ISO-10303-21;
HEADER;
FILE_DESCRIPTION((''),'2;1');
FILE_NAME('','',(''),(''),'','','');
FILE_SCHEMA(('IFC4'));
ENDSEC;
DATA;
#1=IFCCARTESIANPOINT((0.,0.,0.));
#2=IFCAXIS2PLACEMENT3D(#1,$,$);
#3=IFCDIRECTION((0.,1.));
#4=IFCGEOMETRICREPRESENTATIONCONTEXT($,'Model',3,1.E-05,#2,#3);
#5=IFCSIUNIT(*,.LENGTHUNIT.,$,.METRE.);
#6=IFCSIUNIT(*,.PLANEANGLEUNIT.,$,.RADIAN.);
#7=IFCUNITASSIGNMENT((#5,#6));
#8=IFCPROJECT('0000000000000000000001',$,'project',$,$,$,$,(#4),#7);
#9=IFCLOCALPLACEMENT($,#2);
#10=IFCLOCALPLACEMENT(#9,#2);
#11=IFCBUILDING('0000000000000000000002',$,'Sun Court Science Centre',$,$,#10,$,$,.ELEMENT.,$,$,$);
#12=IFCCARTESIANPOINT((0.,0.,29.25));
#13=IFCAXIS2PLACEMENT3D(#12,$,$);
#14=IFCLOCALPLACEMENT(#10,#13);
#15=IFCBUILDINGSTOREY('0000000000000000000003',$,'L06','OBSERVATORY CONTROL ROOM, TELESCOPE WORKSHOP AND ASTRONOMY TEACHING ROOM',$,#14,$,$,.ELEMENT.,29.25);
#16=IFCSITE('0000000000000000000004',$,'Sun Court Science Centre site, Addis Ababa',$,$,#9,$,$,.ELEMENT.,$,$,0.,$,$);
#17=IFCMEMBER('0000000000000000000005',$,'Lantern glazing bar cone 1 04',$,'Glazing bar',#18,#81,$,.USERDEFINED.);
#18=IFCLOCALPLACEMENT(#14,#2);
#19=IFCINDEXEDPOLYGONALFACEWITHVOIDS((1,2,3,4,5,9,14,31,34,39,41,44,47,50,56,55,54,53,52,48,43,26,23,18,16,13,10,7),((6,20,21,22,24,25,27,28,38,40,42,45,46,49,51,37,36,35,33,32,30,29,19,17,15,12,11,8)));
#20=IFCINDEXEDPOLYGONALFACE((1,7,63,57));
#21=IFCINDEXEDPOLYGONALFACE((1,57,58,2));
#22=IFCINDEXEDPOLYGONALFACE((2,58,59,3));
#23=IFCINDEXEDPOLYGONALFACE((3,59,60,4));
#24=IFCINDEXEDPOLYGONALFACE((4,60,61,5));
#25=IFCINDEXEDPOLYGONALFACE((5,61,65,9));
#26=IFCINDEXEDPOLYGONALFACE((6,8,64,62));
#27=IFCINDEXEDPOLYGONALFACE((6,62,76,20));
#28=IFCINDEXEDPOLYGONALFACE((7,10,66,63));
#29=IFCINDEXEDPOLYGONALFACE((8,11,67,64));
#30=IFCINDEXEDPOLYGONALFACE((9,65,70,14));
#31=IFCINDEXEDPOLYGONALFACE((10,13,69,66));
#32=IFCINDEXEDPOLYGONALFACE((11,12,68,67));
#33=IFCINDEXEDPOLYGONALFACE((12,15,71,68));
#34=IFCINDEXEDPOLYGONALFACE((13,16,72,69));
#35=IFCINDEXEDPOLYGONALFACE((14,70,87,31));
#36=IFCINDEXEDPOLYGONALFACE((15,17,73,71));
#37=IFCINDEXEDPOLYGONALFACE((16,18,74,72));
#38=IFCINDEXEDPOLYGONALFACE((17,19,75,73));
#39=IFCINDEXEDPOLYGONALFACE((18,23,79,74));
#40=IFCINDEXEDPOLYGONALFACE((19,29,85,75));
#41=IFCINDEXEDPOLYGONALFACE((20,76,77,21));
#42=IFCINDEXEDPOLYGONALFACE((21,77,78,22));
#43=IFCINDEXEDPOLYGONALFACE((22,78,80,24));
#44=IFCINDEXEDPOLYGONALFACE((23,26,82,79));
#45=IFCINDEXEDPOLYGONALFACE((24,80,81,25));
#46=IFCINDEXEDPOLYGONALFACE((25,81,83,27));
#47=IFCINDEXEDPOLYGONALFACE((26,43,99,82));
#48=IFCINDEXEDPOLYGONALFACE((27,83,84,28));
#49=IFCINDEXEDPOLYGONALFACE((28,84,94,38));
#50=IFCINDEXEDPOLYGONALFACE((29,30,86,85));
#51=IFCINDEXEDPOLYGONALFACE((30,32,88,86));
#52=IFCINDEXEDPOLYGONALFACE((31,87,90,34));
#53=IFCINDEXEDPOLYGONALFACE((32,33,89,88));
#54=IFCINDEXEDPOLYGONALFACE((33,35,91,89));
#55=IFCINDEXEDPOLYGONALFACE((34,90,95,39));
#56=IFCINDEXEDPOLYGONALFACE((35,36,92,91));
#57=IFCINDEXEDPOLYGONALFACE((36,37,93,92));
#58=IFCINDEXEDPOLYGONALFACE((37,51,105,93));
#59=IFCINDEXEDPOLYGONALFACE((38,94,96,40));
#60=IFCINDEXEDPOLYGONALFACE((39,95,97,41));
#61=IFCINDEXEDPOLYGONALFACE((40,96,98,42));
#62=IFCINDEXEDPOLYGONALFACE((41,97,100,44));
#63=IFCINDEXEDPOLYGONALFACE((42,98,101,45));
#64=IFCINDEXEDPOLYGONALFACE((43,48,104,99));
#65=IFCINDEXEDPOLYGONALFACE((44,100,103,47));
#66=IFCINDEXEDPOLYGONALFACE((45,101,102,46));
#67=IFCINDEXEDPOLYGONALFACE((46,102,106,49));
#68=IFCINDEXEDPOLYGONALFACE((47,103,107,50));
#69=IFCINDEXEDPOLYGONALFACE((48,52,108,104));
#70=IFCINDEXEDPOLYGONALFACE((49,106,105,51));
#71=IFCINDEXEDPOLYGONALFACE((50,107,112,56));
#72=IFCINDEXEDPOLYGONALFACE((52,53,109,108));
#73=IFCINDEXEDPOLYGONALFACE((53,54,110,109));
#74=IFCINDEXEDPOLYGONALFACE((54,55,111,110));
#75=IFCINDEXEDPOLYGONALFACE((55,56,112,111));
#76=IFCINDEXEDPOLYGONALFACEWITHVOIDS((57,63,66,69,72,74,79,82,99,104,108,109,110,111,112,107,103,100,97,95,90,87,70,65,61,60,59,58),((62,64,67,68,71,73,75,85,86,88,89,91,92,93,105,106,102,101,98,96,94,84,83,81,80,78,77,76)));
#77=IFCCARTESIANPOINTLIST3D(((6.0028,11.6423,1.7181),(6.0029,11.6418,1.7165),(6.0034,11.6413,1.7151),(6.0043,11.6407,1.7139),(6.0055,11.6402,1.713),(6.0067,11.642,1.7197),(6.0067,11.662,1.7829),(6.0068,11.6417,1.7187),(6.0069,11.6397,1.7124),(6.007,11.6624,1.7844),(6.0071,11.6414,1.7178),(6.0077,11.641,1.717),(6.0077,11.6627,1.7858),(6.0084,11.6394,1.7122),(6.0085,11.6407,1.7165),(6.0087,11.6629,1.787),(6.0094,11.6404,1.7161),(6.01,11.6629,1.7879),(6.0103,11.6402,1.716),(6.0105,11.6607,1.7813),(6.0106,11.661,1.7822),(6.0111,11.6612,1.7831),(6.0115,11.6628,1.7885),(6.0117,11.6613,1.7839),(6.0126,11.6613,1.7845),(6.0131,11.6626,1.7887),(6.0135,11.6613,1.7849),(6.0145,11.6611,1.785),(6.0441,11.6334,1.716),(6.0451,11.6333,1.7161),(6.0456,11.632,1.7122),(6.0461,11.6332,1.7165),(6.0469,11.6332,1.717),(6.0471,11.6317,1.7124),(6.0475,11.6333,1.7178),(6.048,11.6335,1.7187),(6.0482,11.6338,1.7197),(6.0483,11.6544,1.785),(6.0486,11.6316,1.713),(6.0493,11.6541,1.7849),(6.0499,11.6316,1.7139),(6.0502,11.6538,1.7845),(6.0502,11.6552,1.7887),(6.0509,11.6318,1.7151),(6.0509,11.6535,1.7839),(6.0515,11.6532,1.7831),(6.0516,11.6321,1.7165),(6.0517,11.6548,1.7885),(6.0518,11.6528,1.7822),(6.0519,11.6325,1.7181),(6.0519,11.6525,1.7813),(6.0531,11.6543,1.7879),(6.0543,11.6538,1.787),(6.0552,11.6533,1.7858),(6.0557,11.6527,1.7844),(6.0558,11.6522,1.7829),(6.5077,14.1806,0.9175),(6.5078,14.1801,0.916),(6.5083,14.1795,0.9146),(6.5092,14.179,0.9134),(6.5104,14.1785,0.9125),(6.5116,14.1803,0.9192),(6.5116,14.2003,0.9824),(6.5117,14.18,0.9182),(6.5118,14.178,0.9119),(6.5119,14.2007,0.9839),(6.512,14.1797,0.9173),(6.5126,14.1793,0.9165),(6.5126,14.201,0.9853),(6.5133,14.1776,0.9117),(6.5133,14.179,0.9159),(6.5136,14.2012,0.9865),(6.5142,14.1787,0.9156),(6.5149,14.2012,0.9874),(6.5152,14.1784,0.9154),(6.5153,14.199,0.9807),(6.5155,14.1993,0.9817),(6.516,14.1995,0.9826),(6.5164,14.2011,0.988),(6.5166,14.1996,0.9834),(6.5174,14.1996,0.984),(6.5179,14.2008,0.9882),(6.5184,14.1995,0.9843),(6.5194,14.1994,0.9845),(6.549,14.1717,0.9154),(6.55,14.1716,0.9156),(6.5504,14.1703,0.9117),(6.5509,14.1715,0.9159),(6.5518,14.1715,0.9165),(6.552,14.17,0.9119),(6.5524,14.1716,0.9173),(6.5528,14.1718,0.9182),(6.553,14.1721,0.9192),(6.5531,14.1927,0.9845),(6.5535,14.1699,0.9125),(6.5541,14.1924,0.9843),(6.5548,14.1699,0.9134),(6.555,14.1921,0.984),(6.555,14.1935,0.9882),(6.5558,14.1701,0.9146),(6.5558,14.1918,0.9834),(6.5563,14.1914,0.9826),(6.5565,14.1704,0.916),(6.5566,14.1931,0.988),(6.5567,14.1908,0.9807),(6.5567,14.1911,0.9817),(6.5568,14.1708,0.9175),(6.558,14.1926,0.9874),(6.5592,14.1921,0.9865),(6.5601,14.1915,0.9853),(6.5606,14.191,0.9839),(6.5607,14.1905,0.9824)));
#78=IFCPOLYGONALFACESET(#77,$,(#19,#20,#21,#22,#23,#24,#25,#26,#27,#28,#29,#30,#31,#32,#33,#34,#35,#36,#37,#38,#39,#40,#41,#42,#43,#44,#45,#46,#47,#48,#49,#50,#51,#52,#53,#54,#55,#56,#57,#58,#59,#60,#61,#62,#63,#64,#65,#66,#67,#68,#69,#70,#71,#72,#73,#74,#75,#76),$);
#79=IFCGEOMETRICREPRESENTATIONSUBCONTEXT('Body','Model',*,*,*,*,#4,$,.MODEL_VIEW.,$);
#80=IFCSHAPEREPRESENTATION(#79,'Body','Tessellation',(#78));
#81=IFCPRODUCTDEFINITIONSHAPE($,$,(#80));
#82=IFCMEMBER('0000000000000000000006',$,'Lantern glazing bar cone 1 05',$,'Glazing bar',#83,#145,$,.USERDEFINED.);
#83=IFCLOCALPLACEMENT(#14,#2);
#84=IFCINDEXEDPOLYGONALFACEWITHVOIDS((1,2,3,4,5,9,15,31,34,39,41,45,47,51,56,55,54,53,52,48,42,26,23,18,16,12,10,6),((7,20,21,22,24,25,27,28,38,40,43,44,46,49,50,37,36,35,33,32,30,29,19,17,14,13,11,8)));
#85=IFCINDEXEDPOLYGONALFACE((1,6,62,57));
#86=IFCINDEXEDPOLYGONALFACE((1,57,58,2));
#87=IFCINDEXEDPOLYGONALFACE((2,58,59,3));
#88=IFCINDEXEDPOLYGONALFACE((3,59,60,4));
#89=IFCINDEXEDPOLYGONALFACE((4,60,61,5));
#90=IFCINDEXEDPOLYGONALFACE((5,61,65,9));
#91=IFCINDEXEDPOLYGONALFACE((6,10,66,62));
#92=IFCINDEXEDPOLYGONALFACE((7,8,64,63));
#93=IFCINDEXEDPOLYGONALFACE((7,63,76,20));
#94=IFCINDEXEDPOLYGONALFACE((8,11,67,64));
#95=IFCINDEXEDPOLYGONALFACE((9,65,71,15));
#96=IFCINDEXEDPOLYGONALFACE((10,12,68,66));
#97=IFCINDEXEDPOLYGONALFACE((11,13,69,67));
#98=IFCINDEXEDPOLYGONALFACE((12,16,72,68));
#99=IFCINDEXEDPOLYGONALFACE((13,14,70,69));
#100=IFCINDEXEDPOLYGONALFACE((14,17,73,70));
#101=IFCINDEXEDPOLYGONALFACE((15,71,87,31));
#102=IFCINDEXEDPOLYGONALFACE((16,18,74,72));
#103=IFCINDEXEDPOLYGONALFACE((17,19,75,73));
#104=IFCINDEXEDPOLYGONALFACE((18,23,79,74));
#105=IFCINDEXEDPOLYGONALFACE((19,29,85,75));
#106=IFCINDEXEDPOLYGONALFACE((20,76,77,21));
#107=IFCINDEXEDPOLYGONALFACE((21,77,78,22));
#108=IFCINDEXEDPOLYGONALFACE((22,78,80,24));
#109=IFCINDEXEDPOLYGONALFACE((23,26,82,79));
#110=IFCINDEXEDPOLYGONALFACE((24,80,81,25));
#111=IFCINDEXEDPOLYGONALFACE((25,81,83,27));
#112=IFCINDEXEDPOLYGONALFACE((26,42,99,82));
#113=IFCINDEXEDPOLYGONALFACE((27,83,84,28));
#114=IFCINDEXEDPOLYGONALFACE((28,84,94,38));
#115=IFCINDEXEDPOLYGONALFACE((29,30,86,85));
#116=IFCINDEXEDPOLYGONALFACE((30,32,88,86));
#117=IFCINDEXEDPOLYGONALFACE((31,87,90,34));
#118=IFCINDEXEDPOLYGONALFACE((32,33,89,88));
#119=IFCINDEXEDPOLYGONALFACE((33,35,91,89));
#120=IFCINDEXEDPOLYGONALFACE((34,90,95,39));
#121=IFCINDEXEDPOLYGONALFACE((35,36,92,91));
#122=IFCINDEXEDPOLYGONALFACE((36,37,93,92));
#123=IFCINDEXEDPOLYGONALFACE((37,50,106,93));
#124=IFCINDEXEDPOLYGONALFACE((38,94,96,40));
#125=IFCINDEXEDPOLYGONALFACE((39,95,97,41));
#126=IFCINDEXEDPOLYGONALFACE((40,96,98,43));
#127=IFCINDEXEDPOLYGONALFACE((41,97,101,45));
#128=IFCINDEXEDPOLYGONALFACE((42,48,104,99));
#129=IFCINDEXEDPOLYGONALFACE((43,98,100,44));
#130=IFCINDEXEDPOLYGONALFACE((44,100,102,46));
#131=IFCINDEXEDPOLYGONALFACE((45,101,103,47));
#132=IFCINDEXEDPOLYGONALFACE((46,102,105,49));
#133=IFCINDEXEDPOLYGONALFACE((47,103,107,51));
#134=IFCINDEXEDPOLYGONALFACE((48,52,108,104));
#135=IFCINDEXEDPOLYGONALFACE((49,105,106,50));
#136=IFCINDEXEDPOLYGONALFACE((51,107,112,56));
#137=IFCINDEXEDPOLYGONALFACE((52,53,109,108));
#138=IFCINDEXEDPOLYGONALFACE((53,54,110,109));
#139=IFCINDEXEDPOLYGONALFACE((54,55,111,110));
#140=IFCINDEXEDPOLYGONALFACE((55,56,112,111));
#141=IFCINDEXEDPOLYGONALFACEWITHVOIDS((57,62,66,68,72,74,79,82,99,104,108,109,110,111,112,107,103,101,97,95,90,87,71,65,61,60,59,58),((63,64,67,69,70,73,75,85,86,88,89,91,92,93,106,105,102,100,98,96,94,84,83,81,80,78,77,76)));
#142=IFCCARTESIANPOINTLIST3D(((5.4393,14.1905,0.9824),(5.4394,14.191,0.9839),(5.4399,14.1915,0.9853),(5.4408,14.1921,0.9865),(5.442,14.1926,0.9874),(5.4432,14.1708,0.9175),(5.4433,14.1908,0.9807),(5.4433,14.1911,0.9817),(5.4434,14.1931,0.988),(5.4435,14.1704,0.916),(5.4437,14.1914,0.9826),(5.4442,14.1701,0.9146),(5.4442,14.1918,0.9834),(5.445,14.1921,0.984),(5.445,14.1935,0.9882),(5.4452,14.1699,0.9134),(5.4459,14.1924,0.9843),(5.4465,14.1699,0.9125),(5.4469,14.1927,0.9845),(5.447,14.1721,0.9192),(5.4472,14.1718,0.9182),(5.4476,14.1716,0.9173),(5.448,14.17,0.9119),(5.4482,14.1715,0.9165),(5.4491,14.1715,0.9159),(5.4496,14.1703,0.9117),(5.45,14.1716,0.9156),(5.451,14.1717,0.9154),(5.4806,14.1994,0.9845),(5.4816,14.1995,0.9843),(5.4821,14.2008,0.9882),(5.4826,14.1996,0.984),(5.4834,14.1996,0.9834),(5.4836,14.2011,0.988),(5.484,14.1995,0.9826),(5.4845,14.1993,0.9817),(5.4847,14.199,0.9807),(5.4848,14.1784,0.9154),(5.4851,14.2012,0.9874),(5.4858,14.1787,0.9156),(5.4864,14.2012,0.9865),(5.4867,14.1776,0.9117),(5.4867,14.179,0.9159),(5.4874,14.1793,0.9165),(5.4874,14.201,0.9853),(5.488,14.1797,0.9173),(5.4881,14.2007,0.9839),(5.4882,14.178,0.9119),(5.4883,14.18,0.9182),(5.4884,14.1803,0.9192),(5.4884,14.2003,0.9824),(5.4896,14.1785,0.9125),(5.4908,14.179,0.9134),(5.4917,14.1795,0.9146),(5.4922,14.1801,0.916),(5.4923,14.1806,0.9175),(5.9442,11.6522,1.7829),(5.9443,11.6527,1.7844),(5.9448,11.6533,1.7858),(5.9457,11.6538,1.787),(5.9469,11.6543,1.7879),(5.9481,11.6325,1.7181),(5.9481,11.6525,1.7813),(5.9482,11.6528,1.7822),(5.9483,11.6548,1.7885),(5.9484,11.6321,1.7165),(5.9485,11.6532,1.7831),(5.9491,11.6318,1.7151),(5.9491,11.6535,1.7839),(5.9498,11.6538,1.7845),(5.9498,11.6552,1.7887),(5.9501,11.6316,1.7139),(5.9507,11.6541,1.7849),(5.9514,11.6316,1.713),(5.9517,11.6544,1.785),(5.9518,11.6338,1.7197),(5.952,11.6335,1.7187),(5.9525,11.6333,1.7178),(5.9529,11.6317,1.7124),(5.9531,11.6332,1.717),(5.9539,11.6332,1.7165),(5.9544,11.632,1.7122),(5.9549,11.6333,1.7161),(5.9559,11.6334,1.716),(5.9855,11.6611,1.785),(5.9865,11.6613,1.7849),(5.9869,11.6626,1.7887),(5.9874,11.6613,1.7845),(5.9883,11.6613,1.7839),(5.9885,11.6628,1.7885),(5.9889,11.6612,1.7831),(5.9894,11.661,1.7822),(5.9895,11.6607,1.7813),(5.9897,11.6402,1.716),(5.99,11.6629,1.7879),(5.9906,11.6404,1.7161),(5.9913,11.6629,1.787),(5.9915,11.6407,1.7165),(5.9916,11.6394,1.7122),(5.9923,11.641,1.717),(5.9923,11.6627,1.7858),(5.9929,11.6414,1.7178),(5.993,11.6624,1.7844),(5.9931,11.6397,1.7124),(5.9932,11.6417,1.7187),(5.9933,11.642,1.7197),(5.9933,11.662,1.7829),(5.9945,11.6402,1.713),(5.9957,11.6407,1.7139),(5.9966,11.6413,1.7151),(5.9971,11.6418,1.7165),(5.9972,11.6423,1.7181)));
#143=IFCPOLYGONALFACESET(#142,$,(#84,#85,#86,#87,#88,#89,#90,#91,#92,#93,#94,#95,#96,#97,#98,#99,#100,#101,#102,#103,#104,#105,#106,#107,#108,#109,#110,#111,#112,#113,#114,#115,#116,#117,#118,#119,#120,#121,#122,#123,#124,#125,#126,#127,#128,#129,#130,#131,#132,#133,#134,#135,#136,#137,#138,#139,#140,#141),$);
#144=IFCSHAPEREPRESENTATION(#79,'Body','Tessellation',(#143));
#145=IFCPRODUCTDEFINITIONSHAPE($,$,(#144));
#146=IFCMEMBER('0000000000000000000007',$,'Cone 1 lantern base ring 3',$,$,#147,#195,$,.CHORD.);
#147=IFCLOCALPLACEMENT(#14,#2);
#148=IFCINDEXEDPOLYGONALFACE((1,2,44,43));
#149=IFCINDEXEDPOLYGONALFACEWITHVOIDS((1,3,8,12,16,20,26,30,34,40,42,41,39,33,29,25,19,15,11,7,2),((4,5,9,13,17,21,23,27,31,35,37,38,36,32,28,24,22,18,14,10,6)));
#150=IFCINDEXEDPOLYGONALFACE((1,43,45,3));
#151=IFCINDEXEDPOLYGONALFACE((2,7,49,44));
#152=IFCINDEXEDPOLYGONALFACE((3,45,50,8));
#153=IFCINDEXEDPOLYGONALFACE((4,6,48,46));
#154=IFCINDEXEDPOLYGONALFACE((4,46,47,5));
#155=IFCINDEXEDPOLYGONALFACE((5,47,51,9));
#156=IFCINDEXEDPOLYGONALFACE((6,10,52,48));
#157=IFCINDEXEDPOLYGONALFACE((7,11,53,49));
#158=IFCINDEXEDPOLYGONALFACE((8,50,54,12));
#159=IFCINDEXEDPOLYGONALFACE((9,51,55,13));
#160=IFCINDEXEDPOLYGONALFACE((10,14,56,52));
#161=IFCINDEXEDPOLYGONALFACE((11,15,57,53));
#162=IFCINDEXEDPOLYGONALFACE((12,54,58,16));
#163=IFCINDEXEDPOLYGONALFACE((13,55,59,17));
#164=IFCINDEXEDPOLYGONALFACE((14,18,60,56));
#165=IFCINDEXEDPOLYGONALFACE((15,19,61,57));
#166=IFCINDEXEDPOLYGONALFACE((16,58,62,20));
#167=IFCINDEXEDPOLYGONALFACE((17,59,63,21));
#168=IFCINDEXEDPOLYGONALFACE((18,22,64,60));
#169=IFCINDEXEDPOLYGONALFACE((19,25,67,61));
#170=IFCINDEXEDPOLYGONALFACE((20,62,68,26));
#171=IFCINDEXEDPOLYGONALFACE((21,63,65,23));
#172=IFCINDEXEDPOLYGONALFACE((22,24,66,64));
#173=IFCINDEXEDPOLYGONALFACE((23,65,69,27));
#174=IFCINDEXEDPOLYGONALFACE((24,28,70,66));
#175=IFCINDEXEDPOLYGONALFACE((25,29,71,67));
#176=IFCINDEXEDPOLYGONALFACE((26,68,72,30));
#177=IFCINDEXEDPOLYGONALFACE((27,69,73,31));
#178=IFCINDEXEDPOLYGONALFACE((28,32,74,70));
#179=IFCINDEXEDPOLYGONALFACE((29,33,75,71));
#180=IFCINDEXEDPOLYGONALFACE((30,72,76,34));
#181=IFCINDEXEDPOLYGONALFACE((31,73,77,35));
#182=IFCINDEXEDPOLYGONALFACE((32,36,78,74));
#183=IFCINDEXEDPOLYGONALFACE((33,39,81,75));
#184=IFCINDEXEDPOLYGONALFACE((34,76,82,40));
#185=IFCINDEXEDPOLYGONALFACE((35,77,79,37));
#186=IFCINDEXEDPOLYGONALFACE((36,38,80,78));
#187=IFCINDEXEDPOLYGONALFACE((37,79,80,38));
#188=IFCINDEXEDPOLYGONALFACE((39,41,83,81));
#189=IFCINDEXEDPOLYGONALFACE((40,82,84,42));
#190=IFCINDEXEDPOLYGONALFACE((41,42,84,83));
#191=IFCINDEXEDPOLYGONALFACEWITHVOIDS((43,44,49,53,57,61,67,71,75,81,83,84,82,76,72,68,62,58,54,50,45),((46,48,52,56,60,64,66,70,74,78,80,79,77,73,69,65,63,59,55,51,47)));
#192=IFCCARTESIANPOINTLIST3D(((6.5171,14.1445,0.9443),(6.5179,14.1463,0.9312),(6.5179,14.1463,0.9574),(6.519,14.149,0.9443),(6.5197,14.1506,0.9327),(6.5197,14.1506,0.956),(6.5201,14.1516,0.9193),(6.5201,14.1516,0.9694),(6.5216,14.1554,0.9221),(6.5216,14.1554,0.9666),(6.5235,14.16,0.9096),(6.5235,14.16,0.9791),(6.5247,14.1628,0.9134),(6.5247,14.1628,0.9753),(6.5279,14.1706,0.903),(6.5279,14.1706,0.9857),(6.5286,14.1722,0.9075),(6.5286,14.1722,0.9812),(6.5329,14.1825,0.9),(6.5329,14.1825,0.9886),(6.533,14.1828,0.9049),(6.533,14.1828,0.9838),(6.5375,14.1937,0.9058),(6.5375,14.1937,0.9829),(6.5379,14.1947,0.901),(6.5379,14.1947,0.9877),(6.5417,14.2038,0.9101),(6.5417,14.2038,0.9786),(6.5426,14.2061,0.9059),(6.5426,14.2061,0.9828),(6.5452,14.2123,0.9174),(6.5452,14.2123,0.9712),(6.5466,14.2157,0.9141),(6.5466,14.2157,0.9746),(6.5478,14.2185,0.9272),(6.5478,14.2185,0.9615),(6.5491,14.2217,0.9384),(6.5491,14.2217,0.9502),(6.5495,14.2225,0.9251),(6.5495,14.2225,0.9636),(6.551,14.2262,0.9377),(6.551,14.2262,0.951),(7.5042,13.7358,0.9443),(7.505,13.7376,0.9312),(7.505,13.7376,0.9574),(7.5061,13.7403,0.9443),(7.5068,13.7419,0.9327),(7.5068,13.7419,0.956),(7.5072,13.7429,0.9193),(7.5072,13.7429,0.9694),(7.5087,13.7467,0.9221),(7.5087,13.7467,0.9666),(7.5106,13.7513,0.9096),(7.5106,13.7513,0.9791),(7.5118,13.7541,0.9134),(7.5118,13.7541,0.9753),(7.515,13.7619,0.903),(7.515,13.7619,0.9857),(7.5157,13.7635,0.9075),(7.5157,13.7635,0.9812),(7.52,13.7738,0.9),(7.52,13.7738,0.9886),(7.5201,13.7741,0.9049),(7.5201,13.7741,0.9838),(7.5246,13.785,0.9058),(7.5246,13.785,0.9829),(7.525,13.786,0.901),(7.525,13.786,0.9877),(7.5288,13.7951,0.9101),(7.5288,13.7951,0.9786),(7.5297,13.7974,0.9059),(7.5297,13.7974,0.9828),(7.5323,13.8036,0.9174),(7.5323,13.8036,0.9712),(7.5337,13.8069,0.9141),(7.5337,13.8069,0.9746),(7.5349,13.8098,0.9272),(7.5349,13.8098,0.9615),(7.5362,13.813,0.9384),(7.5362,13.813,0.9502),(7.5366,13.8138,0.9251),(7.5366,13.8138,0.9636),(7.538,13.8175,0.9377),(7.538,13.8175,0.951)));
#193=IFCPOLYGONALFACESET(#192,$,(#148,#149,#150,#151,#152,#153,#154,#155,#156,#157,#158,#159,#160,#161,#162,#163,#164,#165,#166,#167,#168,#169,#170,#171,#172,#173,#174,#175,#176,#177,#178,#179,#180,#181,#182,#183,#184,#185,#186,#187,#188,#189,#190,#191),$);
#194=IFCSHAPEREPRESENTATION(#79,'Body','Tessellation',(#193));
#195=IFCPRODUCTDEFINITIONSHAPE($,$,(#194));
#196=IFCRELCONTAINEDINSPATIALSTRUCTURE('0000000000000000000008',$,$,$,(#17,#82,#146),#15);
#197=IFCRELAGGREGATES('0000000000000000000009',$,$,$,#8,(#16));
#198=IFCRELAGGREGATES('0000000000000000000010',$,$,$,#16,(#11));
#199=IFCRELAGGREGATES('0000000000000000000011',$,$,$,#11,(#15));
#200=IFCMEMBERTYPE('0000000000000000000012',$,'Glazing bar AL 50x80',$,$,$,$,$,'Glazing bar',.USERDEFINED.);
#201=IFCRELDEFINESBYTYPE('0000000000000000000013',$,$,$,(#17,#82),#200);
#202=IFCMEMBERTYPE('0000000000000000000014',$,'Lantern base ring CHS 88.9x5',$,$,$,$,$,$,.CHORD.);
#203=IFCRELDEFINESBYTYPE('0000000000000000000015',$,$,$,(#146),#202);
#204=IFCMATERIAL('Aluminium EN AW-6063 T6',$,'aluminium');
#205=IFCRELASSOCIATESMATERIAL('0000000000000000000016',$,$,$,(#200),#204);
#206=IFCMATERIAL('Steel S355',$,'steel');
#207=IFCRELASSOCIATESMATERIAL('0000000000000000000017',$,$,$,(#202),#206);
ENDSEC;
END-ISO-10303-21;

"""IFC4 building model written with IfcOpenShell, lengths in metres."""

from ifc_helpers import new_model, si_unit, direction, frame, origin, origin_2d, place, context, subcontext, project, spatial, hollow_rectangle, hollow_circle, extrude, material, material_profile, profile_set, type_object, element, save


model = new_model("IFC4")

# Units and contexts
model_context = context("Model", 3, precision=1e-05, world=origin(), true_north=direction((0.0, 1.0)))
body_context = subcontext(model_context, "Body", "Model", "MODEL_VIEW")
ifc_project = project(units=[si_unit("LENGTHUNIT", "METRE"), si_unit("PLANEANGLEUNIT", "RADIAN")], contexts=[model_context])

# Site, building, storey
site_placement = place(None, origin())
site = spatial("IfcSite", under=ifc_project, at=site_placement, Name="Sun Court Science Centre site, Addis Ababa", CompositionType="ELEMENT", RefElevation=0.0)
building_placement = place(site_placement, origin())
building = spatial("IfcBuilding", under=site, at=building_placement, Name="Sun Court Science Centre", CompositionType="ELEMENT")
storey_placement = place(building_placement, frame((0.0, 0.0, 29.25)))
storey = spatial("IfcBuildingStorey", under=building, at=storey_placement, Name="L06", Description="OBSERVATORY CONTROL ROOM, TELESCOPE WORKSHOP AND ASTRONOMY TEACHING ROOM", CompositionType="ELEMENT", Elevation=29.25)

# Members
ifc_material_1 = material(Name="Aluminium EN AW-6063 T6", Category="aluminium")
ifc_material_profile_1 = material_profile(ifc_material_1, hollow_rectangle(XDim=0.05, YDim=0.0801, WallThickness=0.0039, InnerFilletRadius=0.0039, OuterFilletRadius=0.0061, at=origin_2d()), Name="AL 50x80x4")
ifc_profile_set_1 = profile_set([ifc_material_profile_1], Name="Aluminium EN AW-6063 T6")
member_type_1 = type_object("IfcMemberType", Name="Glazing bar AL 50x80", ElementType="Glazing bar", PredefinedType="USERDEFINED", material=ifc_profile_set_1)
for number, where, z_axis, x_axis, name in (
    (1, (6.5342, 14.1855, 0.95), (-0.18637, -0.936986, 0.295506), (0.980787, -0.195082, 0.0), "Lantern glazing bar cone 1 04"),
    (2, (5.4658, 14.1855, 0.95), (0.18637, -0.936986, 0.295506), (0.980787, 0.195082, 0.0), "Lantern glazing bar cone 1 05"),
):
    element("IfcMember", number, at=place(storey_placement, frame(where, z_axis=z_axis, x_axis=x_axis)), inside=storey, type_object=member_type_1, Name=name, ObjectType="Glazing bar", PredefinedType="USERDEFINED", context=body_context, shape_type="SweptSolid", body=[
        extrude(hollow_rectangle(XDim=0.05, YDim=0.0801, WallThickness=0.0039, InnerFilletRadius=0.0039, OuterFilletRadius=0.0061, at=origin_2d()), origin(), (0.0, 0.0, 1.0), 2.709),
    ])
ifc_material_2 = material(Name="Steel S355", Category="steel")
ifc_material_profile_2 = material_profile(ifc_material_2, hollow_circle(Radius=0.0444, WallThickness=0.0049, at=origin_2d()), Name="CHS 88.9x5")
ifc_profile_set_2 = profile_set([ifc_material_profile_2], Name="Steel S355")
member_type_2 = type_object("IfcMemberType", Name="Lantern base ring CHS 88.9x5", PredefinedType="CHORD", material=ifc_profile_set_2)
for number, where, z_axis, x_axis, name in (
    (3, (7.5212, 13.7769, 0.9443), (-0.923933, 0.382554, 0.0), (-0.382554, -0.923933, 0.0), "Cone 1 lantern base ring 3"),
):
    element("IfcMember", number, at=place(storey_placement, frame(where, z_axis=z_axis, x_axis=x_axis)), inside=storey, type_object=member_type_2, Name=name, PredefinedType="CHORD", context=body_context, shape_type="SweptSolid", body=[
        extrude(hollow_circle(Radius=0.0444, WallThickness=0.0049, at=origin_2d()), origin(), (0.0, 0.0, 1.0), 1.0684),
    ])

save(model, "model.ifc")
